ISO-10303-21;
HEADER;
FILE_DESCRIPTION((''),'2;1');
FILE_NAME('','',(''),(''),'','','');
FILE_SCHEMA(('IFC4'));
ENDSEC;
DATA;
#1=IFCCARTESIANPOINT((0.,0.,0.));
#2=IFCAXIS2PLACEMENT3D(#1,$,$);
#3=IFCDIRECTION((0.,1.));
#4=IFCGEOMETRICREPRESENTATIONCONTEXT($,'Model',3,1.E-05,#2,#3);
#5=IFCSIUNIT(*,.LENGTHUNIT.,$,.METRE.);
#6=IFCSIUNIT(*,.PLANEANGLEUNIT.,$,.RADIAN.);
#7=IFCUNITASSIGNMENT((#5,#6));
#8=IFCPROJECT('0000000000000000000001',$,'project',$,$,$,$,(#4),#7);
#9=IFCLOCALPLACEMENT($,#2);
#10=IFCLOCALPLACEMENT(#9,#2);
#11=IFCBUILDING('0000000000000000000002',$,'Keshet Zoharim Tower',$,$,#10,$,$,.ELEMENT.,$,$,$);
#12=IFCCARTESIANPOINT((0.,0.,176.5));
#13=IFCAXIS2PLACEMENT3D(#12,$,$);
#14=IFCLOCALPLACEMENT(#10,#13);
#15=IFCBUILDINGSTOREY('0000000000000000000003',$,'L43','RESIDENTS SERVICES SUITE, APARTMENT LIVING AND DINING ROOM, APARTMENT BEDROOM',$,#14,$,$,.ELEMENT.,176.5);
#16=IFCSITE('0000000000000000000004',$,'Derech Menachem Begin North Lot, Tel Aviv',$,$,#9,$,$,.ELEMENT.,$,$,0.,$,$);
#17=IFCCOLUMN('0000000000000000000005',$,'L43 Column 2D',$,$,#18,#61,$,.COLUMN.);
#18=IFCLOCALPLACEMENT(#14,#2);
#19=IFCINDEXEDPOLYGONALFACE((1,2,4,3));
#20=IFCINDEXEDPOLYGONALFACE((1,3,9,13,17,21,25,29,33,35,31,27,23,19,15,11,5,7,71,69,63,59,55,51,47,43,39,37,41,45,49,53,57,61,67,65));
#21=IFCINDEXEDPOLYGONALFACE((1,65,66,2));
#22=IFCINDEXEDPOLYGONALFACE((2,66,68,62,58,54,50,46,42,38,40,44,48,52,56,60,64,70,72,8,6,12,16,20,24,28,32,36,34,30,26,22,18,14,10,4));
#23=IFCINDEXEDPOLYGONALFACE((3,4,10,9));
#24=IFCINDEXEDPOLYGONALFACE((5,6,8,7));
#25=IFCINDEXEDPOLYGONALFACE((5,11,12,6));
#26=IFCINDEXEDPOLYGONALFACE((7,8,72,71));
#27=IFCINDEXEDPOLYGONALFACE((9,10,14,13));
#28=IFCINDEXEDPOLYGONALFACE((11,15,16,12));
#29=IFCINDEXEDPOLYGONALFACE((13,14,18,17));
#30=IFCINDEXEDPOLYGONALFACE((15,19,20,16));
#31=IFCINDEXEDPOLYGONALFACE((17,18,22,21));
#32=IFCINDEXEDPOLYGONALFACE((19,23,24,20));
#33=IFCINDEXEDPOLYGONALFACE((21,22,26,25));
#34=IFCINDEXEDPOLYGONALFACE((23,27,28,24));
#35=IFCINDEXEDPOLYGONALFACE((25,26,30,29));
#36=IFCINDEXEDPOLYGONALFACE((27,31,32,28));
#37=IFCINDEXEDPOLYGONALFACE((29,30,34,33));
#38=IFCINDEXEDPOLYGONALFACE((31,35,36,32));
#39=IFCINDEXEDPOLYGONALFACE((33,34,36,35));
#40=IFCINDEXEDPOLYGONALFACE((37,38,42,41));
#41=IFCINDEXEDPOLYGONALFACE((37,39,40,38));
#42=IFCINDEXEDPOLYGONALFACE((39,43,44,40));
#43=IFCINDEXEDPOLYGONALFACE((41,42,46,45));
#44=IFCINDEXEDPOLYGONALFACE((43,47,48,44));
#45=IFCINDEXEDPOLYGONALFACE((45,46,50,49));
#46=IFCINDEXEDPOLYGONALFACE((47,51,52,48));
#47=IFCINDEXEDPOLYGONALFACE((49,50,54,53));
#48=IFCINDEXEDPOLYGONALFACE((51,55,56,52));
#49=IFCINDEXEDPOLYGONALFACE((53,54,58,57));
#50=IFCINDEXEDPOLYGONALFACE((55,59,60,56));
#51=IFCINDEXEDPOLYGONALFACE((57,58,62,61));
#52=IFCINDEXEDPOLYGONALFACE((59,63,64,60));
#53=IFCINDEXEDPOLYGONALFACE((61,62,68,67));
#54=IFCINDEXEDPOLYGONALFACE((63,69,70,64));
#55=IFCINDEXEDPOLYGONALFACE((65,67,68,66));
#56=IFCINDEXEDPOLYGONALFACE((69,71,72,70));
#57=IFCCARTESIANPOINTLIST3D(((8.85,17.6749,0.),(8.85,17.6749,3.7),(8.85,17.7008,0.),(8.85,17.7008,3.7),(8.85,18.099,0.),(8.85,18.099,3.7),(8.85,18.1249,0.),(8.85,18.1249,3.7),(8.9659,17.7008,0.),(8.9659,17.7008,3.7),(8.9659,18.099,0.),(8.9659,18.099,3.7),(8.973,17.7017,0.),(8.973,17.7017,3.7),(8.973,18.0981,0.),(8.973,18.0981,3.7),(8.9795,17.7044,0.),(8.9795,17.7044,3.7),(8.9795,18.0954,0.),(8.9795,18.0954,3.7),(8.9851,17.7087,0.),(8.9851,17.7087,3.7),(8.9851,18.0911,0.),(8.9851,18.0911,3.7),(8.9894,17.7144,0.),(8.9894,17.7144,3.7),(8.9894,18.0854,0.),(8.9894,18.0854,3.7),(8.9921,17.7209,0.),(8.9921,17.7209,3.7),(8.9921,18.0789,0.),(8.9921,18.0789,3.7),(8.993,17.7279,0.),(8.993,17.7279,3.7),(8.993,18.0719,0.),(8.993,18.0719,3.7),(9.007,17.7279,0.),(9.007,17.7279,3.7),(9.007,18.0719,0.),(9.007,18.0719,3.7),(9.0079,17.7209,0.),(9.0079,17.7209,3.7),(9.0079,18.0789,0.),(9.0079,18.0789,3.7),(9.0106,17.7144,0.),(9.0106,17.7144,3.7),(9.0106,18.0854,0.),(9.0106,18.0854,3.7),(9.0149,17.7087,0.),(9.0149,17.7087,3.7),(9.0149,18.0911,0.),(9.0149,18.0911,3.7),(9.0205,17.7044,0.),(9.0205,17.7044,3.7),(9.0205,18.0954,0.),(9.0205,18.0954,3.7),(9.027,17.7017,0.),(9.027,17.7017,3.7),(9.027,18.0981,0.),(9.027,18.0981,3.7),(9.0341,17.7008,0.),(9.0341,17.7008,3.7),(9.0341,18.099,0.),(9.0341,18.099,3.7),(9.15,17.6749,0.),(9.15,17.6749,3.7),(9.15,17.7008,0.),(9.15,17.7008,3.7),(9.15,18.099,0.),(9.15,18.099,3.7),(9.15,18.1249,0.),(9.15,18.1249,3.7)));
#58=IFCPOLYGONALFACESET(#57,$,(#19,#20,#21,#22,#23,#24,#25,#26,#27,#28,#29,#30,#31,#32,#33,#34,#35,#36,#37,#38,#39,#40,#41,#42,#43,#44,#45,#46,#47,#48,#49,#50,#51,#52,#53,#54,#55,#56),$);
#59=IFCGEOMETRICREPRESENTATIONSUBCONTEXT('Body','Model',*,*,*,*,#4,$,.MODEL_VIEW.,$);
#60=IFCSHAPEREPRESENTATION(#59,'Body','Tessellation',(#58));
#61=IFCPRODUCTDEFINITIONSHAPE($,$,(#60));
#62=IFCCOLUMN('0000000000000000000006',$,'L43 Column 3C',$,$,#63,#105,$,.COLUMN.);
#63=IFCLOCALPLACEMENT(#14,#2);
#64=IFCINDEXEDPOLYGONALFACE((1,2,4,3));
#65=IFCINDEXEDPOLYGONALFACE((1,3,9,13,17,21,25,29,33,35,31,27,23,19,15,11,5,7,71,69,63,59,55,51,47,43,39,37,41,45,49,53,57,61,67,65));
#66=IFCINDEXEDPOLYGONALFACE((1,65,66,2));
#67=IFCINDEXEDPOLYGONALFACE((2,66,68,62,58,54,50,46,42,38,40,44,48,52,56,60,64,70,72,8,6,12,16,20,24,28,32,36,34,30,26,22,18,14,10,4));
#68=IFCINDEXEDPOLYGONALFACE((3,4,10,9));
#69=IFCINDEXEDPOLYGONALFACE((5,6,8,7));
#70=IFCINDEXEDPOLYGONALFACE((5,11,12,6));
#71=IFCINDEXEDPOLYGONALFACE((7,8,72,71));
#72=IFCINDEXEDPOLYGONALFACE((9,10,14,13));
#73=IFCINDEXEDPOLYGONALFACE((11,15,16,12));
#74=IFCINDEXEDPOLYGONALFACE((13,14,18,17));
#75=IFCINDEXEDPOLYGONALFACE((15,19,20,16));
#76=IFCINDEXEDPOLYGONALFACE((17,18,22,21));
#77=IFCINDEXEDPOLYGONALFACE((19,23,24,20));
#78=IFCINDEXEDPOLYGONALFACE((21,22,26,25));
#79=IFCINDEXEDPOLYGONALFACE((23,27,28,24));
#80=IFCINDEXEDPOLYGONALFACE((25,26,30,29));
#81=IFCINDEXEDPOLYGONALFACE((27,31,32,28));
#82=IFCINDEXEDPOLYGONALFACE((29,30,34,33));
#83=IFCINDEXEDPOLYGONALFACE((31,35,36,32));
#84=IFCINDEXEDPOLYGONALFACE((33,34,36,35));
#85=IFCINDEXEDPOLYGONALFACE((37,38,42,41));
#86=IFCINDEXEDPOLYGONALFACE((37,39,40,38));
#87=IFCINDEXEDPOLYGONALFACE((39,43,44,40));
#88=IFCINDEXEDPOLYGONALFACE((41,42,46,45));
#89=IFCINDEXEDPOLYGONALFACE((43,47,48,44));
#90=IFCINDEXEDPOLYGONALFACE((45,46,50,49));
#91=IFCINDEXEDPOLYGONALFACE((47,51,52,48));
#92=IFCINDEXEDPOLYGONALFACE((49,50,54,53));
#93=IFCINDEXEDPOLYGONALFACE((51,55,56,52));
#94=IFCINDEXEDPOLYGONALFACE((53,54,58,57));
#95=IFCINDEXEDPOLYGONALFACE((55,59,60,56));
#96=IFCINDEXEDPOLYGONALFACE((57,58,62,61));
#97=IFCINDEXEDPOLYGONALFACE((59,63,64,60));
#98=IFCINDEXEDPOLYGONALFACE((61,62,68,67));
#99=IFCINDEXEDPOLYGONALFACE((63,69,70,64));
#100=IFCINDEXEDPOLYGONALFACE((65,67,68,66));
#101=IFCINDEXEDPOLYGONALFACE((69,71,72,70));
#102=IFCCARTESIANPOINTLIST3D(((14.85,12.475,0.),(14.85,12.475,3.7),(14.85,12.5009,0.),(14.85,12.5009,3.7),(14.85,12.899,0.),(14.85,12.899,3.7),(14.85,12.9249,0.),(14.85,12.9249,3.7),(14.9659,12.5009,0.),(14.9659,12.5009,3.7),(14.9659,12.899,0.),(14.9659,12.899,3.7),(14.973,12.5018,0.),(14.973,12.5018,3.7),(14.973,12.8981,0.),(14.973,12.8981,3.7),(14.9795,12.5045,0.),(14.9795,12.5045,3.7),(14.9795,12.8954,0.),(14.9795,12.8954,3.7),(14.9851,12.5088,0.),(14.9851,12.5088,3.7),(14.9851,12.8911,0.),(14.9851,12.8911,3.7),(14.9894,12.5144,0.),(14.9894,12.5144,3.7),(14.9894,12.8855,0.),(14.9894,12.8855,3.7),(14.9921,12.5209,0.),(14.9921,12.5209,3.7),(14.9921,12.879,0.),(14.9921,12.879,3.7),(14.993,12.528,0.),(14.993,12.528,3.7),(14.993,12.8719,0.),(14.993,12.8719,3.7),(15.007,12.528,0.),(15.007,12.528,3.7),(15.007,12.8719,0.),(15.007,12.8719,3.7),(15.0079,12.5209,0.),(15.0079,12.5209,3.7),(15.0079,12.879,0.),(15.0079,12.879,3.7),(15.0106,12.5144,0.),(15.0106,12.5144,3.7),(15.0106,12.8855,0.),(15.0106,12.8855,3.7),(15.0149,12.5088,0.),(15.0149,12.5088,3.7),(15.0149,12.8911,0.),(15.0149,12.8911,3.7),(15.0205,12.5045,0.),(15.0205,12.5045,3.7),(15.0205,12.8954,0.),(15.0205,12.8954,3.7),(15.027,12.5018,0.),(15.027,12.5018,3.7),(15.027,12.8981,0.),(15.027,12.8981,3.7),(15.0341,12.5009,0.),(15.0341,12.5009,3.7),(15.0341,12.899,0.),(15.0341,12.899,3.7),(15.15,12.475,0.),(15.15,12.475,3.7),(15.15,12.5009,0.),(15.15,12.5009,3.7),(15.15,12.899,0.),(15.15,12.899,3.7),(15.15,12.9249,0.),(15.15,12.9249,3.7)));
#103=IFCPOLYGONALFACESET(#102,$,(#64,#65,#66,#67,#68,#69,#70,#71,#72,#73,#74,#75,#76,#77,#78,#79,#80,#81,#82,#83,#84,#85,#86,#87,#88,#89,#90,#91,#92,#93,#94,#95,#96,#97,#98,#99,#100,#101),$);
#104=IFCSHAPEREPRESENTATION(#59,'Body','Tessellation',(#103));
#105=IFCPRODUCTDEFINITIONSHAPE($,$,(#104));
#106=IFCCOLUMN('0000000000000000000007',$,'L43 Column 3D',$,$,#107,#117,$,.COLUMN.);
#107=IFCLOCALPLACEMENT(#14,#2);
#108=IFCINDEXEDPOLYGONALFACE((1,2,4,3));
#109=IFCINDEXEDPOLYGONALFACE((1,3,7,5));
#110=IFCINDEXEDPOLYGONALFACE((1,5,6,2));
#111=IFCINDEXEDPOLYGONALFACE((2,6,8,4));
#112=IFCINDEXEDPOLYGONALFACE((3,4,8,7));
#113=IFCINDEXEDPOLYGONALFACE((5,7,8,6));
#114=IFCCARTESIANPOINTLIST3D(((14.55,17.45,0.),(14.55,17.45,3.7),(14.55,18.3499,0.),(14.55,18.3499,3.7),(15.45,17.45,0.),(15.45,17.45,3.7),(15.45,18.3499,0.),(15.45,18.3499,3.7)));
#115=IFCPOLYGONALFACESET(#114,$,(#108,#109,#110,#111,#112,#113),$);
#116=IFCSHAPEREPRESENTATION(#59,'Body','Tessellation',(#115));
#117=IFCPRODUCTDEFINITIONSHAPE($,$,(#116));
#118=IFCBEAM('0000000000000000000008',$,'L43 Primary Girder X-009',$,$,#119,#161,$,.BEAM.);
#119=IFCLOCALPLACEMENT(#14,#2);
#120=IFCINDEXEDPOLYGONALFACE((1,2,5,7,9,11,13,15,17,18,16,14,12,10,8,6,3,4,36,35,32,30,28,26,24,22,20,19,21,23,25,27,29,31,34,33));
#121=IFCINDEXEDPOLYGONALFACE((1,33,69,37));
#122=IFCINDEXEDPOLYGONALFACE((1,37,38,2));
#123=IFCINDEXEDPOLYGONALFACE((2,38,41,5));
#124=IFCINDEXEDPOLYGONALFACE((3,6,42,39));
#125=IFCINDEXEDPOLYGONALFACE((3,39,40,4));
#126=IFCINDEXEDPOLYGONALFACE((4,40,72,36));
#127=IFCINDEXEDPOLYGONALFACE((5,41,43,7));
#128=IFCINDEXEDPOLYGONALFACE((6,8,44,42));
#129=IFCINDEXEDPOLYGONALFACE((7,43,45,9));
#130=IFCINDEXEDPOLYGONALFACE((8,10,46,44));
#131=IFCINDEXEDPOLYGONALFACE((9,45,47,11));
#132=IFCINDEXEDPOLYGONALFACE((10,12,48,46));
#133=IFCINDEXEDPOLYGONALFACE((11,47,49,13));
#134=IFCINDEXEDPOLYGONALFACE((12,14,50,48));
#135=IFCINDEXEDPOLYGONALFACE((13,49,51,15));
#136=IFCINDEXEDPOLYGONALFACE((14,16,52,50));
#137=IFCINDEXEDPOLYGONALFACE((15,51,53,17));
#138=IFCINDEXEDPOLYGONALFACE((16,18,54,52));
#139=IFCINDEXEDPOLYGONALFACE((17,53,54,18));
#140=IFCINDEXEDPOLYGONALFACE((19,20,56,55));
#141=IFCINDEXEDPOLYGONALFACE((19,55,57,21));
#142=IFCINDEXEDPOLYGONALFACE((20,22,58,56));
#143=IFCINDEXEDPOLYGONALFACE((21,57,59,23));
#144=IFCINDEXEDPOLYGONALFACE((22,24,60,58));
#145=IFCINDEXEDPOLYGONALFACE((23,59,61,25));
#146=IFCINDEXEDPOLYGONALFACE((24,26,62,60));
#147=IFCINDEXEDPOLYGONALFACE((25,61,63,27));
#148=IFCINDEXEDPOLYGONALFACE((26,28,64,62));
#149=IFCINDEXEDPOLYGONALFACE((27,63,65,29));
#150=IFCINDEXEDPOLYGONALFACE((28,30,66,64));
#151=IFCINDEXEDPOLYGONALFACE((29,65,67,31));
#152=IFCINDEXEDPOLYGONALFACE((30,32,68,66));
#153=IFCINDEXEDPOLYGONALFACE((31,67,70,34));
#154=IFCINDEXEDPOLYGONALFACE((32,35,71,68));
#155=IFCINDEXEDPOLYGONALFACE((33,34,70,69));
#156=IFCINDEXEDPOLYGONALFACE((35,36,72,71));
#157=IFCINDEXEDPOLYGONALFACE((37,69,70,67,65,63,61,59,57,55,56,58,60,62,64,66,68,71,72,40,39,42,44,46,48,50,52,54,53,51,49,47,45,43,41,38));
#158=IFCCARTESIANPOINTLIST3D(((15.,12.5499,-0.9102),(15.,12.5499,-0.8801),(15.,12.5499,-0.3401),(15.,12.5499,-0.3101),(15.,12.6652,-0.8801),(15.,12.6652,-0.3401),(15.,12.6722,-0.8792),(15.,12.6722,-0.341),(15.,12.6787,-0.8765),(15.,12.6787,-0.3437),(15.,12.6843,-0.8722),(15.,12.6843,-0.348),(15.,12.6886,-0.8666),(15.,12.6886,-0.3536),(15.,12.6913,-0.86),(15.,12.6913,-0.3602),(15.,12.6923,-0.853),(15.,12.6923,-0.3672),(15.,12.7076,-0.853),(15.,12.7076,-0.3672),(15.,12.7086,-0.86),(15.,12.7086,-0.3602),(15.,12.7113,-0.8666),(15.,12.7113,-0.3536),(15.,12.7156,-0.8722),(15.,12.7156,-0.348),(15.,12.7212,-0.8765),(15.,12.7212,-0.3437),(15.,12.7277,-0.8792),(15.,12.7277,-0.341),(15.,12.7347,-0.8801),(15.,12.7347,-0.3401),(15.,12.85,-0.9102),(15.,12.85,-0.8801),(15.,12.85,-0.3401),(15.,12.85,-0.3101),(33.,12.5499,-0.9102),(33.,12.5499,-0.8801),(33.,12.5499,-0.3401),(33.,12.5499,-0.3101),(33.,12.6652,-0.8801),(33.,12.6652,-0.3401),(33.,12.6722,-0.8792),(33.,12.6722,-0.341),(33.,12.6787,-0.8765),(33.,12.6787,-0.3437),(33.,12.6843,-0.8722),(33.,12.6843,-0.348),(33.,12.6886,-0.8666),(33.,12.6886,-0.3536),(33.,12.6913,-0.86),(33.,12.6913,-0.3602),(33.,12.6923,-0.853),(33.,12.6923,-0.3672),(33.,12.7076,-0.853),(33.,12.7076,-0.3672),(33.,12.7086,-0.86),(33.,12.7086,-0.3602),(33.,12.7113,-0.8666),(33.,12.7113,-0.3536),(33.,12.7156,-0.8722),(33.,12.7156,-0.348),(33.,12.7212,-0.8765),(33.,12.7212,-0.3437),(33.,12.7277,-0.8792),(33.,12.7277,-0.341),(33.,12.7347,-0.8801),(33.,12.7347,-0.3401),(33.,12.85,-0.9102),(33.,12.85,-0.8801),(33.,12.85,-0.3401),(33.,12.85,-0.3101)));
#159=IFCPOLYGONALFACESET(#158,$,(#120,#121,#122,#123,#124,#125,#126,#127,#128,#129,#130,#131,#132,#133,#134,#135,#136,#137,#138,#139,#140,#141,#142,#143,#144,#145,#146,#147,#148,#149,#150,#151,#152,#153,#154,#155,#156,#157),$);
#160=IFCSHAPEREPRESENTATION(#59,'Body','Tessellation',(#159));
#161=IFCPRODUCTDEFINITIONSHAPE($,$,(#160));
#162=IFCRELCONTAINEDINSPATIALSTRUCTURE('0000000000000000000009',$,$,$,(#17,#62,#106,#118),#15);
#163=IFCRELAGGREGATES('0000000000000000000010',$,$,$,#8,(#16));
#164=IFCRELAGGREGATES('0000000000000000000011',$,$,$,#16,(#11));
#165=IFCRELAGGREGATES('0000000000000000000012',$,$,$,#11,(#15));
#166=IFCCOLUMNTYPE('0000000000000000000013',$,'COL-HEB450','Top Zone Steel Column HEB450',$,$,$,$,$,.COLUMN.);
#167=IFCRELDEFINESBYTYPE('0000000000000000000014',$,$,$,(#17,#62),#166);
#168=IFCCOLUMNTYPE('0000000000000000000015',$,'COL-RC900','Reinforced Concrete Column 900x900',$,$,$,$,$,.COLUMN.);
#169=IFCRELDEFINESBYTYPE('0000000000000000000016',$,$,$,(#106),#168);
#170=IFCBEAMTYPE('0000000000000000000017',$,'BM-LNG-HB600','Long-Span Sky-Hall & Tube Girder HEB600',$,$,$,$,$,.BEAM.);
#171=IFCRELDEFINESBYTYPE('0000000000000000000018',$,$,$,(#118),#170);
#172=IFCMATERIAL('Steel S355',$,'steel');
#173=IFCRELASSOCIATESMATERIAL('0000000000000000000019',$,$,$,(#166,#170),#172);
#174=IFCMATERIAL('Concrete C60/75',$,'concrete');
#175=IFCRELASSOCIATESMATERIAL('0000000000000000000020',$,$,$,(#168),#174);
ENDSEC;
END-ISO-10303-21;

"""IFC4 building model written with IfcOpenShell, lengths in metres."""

from ifc_helpers import new_model, si_unit, direction, frame, origin, origin_2d, place, context, subcontext, project, spatial, rectangle, i_section, extrude, material, material_profile, profile_set, type_object, element, save


model = new_model("IFC4")

# Units and contexts
model_context = context("Model", 3, precision=1e-05, world=origin(), true_north=direction((0.0, 1.0)))
body_context = subcontext(model_context, "Body", "Model", "MODEL_VIEW")
ifc_project = project(units=[si_unit("LENGTHUNIT", "METRE"), si_unit("PLANEANGLEUNIT", "RADIAN")], contexts=[model_context])

# Site, building, storey
site_placement = place(None, origin())
site = spatial("IfcSite", under=ifc_project, at=site_placement, Name="Derech Menachem Begin North Lot, Tel Aviv", CompositionType="ELEMENT", RefElevation=0.0)
building_placement = place(site_placement, origin())
building = spatial("IfcBuilding", under=site, at=building_placement, Name="Keshet Zoharim Tower", CompositionType="ELEMENT")
storey_placement = place(building_placement, frame((0.0, 0.0, 176.5)))
storey = spatial("IfcBuildingStorey", under=building, at=storey_placement, Name="L43", Description="RESIDENTS SERVICES SUITE, APARTMENT LIVING AND DINING ROOM, APARTMENT BEDROOM", CompositionType="ELEMENT", Elevation=176.5)

# Columns
ifc_material_1 = material(Name="Steel S355", Category="steel")
ifc_material_profile_1 = material_profile(ifc_material_1, i_section(OverallWidth=0.3, OverallDepth=0.45, WebThickness=0.0139, FlangeThickness=0.0259, FilletRadius=0.0271, at=origin_2d()), Name="HEB450")
ifc_profile_set_1 = profile_set([ifc_material_profile_1], Name="Steel S355")
column_type_1 = type_object("IfcColumnType", Name="COL-HEB450", Description="Top Zone Steel Column HEB450", PredefinedType="COLUMN", material=ifc_profile_set_1)
for number, where, z_axis, x_axis, name in (
    (1, (9.0, 17.8999, 0.0), (0.0, 0.0, 1.0), (1.0, 0.0, 0.0), "L43 Column 2D"),
    (2, (15.0, 12.7, 0.0), (0.0, 0.0, 1.0), (1.0, 0.0, 0.0), "L43 Column 3C"),
):
    element("IfcColumn", number, at=place(storey_placement, frame(where, z_axis=z_axis, x_axis=x_axis)), inside=storey, type_object=column_type_1, Name=name, PredefinedType="COLUMN", context=body_context, shape_type="SweptSolid", body=[
        extrude(i_section(OverallWidth=0.3, OverallDepth=0.45, WebThickness=0.0139, FlangeThickness=0.0259, FilletRadius=0.0271, at=origin_2d()), origin(), (0.0, 0.0, 1.0), 3.7),
    ])
ifc_material_2 = material(Name="Concrete C60/75", Category="concrete")
ifc_material_profile_2 = material_profile(ifc_material_2, rectangle(XDim=0.8999, YDim=0.8999, at=origin_2d()), Name="RC900x900")
ifc_profile_set_2 = profile_set([ifc_material_profile_2], Name="Concrete C60/75")
column_type_2 = type_object("IfcColumnType", Name="COL-RC900", Description="Reinforced Concrete Column 900x900", PredefinedType="COLUMN", material=ifc_profile_set_2)
column_placement = place(storey_placement, frame((15.0, 17.8999, 0.0), z_axis=(0.0, 0.0, 1.0), x_axis=(1.0, 0.0, 0.0)))
element("IfcColumn", 3, at=column_placement, inside=storey, type_object=column_type_2, Name="L43 Column 3D", PredefinedType="COLUMN", context=body_context, shape_type="SweptSolid", body=[
    extrude(rectangle(XDim=0.8999, YDim=0.8999, at=origin_2d()), origin(), (0.0, 0.0, 1.0), 3.7),
])

# Beam
ifc_material_profile_3 = material_profile(ifc_material_1, i_section(OverallWidth=0.3, OverallDepth=0.6001, WebThickness=0.0154, FlangeThickness=0.03, FilletRadius=0.0271, at=origin_2d()), Name="HEB600")
ifc_profile_set_3 = profile_set([ifc_material_profile_3], Name="Steel S355")
beam_type_1 = type_object("IfcBeamType", Name="BM-LNG-HB600", Description="Long-Span Sky-Hall & Tube Girder HEB600", PredefinedType="BEAM", material=ifc_profile_set_3)
for number, where, z_axis, x_axis, name in (
    (4, (15.0, 12.7, -0.6101), (1.0, 0.0, 0.0), (0.0, 1.0, 0.0), "L43 Primary Girder X-009"),
):
    element("IfcBeam", number, at=place(storey_placement, frame(where, z_axis=z_axis, x_axis=x_axis)), inside=storey, type_object=beam_type_1, Name=name, PredefinedType="BEAM", context=body_context, shape_type="SweptSolid", body=[
        extrude(i_section(OverallWidth=0.3, OverallDepth=0.6001, WebThickness=0.0154, FlangeThickness=0.03, FilletRadius=0.0271, at=origin_2d()), origin(), (0.0, 0.0, 1.0), 18.0),
    ])

save(model, "model.ifc")
